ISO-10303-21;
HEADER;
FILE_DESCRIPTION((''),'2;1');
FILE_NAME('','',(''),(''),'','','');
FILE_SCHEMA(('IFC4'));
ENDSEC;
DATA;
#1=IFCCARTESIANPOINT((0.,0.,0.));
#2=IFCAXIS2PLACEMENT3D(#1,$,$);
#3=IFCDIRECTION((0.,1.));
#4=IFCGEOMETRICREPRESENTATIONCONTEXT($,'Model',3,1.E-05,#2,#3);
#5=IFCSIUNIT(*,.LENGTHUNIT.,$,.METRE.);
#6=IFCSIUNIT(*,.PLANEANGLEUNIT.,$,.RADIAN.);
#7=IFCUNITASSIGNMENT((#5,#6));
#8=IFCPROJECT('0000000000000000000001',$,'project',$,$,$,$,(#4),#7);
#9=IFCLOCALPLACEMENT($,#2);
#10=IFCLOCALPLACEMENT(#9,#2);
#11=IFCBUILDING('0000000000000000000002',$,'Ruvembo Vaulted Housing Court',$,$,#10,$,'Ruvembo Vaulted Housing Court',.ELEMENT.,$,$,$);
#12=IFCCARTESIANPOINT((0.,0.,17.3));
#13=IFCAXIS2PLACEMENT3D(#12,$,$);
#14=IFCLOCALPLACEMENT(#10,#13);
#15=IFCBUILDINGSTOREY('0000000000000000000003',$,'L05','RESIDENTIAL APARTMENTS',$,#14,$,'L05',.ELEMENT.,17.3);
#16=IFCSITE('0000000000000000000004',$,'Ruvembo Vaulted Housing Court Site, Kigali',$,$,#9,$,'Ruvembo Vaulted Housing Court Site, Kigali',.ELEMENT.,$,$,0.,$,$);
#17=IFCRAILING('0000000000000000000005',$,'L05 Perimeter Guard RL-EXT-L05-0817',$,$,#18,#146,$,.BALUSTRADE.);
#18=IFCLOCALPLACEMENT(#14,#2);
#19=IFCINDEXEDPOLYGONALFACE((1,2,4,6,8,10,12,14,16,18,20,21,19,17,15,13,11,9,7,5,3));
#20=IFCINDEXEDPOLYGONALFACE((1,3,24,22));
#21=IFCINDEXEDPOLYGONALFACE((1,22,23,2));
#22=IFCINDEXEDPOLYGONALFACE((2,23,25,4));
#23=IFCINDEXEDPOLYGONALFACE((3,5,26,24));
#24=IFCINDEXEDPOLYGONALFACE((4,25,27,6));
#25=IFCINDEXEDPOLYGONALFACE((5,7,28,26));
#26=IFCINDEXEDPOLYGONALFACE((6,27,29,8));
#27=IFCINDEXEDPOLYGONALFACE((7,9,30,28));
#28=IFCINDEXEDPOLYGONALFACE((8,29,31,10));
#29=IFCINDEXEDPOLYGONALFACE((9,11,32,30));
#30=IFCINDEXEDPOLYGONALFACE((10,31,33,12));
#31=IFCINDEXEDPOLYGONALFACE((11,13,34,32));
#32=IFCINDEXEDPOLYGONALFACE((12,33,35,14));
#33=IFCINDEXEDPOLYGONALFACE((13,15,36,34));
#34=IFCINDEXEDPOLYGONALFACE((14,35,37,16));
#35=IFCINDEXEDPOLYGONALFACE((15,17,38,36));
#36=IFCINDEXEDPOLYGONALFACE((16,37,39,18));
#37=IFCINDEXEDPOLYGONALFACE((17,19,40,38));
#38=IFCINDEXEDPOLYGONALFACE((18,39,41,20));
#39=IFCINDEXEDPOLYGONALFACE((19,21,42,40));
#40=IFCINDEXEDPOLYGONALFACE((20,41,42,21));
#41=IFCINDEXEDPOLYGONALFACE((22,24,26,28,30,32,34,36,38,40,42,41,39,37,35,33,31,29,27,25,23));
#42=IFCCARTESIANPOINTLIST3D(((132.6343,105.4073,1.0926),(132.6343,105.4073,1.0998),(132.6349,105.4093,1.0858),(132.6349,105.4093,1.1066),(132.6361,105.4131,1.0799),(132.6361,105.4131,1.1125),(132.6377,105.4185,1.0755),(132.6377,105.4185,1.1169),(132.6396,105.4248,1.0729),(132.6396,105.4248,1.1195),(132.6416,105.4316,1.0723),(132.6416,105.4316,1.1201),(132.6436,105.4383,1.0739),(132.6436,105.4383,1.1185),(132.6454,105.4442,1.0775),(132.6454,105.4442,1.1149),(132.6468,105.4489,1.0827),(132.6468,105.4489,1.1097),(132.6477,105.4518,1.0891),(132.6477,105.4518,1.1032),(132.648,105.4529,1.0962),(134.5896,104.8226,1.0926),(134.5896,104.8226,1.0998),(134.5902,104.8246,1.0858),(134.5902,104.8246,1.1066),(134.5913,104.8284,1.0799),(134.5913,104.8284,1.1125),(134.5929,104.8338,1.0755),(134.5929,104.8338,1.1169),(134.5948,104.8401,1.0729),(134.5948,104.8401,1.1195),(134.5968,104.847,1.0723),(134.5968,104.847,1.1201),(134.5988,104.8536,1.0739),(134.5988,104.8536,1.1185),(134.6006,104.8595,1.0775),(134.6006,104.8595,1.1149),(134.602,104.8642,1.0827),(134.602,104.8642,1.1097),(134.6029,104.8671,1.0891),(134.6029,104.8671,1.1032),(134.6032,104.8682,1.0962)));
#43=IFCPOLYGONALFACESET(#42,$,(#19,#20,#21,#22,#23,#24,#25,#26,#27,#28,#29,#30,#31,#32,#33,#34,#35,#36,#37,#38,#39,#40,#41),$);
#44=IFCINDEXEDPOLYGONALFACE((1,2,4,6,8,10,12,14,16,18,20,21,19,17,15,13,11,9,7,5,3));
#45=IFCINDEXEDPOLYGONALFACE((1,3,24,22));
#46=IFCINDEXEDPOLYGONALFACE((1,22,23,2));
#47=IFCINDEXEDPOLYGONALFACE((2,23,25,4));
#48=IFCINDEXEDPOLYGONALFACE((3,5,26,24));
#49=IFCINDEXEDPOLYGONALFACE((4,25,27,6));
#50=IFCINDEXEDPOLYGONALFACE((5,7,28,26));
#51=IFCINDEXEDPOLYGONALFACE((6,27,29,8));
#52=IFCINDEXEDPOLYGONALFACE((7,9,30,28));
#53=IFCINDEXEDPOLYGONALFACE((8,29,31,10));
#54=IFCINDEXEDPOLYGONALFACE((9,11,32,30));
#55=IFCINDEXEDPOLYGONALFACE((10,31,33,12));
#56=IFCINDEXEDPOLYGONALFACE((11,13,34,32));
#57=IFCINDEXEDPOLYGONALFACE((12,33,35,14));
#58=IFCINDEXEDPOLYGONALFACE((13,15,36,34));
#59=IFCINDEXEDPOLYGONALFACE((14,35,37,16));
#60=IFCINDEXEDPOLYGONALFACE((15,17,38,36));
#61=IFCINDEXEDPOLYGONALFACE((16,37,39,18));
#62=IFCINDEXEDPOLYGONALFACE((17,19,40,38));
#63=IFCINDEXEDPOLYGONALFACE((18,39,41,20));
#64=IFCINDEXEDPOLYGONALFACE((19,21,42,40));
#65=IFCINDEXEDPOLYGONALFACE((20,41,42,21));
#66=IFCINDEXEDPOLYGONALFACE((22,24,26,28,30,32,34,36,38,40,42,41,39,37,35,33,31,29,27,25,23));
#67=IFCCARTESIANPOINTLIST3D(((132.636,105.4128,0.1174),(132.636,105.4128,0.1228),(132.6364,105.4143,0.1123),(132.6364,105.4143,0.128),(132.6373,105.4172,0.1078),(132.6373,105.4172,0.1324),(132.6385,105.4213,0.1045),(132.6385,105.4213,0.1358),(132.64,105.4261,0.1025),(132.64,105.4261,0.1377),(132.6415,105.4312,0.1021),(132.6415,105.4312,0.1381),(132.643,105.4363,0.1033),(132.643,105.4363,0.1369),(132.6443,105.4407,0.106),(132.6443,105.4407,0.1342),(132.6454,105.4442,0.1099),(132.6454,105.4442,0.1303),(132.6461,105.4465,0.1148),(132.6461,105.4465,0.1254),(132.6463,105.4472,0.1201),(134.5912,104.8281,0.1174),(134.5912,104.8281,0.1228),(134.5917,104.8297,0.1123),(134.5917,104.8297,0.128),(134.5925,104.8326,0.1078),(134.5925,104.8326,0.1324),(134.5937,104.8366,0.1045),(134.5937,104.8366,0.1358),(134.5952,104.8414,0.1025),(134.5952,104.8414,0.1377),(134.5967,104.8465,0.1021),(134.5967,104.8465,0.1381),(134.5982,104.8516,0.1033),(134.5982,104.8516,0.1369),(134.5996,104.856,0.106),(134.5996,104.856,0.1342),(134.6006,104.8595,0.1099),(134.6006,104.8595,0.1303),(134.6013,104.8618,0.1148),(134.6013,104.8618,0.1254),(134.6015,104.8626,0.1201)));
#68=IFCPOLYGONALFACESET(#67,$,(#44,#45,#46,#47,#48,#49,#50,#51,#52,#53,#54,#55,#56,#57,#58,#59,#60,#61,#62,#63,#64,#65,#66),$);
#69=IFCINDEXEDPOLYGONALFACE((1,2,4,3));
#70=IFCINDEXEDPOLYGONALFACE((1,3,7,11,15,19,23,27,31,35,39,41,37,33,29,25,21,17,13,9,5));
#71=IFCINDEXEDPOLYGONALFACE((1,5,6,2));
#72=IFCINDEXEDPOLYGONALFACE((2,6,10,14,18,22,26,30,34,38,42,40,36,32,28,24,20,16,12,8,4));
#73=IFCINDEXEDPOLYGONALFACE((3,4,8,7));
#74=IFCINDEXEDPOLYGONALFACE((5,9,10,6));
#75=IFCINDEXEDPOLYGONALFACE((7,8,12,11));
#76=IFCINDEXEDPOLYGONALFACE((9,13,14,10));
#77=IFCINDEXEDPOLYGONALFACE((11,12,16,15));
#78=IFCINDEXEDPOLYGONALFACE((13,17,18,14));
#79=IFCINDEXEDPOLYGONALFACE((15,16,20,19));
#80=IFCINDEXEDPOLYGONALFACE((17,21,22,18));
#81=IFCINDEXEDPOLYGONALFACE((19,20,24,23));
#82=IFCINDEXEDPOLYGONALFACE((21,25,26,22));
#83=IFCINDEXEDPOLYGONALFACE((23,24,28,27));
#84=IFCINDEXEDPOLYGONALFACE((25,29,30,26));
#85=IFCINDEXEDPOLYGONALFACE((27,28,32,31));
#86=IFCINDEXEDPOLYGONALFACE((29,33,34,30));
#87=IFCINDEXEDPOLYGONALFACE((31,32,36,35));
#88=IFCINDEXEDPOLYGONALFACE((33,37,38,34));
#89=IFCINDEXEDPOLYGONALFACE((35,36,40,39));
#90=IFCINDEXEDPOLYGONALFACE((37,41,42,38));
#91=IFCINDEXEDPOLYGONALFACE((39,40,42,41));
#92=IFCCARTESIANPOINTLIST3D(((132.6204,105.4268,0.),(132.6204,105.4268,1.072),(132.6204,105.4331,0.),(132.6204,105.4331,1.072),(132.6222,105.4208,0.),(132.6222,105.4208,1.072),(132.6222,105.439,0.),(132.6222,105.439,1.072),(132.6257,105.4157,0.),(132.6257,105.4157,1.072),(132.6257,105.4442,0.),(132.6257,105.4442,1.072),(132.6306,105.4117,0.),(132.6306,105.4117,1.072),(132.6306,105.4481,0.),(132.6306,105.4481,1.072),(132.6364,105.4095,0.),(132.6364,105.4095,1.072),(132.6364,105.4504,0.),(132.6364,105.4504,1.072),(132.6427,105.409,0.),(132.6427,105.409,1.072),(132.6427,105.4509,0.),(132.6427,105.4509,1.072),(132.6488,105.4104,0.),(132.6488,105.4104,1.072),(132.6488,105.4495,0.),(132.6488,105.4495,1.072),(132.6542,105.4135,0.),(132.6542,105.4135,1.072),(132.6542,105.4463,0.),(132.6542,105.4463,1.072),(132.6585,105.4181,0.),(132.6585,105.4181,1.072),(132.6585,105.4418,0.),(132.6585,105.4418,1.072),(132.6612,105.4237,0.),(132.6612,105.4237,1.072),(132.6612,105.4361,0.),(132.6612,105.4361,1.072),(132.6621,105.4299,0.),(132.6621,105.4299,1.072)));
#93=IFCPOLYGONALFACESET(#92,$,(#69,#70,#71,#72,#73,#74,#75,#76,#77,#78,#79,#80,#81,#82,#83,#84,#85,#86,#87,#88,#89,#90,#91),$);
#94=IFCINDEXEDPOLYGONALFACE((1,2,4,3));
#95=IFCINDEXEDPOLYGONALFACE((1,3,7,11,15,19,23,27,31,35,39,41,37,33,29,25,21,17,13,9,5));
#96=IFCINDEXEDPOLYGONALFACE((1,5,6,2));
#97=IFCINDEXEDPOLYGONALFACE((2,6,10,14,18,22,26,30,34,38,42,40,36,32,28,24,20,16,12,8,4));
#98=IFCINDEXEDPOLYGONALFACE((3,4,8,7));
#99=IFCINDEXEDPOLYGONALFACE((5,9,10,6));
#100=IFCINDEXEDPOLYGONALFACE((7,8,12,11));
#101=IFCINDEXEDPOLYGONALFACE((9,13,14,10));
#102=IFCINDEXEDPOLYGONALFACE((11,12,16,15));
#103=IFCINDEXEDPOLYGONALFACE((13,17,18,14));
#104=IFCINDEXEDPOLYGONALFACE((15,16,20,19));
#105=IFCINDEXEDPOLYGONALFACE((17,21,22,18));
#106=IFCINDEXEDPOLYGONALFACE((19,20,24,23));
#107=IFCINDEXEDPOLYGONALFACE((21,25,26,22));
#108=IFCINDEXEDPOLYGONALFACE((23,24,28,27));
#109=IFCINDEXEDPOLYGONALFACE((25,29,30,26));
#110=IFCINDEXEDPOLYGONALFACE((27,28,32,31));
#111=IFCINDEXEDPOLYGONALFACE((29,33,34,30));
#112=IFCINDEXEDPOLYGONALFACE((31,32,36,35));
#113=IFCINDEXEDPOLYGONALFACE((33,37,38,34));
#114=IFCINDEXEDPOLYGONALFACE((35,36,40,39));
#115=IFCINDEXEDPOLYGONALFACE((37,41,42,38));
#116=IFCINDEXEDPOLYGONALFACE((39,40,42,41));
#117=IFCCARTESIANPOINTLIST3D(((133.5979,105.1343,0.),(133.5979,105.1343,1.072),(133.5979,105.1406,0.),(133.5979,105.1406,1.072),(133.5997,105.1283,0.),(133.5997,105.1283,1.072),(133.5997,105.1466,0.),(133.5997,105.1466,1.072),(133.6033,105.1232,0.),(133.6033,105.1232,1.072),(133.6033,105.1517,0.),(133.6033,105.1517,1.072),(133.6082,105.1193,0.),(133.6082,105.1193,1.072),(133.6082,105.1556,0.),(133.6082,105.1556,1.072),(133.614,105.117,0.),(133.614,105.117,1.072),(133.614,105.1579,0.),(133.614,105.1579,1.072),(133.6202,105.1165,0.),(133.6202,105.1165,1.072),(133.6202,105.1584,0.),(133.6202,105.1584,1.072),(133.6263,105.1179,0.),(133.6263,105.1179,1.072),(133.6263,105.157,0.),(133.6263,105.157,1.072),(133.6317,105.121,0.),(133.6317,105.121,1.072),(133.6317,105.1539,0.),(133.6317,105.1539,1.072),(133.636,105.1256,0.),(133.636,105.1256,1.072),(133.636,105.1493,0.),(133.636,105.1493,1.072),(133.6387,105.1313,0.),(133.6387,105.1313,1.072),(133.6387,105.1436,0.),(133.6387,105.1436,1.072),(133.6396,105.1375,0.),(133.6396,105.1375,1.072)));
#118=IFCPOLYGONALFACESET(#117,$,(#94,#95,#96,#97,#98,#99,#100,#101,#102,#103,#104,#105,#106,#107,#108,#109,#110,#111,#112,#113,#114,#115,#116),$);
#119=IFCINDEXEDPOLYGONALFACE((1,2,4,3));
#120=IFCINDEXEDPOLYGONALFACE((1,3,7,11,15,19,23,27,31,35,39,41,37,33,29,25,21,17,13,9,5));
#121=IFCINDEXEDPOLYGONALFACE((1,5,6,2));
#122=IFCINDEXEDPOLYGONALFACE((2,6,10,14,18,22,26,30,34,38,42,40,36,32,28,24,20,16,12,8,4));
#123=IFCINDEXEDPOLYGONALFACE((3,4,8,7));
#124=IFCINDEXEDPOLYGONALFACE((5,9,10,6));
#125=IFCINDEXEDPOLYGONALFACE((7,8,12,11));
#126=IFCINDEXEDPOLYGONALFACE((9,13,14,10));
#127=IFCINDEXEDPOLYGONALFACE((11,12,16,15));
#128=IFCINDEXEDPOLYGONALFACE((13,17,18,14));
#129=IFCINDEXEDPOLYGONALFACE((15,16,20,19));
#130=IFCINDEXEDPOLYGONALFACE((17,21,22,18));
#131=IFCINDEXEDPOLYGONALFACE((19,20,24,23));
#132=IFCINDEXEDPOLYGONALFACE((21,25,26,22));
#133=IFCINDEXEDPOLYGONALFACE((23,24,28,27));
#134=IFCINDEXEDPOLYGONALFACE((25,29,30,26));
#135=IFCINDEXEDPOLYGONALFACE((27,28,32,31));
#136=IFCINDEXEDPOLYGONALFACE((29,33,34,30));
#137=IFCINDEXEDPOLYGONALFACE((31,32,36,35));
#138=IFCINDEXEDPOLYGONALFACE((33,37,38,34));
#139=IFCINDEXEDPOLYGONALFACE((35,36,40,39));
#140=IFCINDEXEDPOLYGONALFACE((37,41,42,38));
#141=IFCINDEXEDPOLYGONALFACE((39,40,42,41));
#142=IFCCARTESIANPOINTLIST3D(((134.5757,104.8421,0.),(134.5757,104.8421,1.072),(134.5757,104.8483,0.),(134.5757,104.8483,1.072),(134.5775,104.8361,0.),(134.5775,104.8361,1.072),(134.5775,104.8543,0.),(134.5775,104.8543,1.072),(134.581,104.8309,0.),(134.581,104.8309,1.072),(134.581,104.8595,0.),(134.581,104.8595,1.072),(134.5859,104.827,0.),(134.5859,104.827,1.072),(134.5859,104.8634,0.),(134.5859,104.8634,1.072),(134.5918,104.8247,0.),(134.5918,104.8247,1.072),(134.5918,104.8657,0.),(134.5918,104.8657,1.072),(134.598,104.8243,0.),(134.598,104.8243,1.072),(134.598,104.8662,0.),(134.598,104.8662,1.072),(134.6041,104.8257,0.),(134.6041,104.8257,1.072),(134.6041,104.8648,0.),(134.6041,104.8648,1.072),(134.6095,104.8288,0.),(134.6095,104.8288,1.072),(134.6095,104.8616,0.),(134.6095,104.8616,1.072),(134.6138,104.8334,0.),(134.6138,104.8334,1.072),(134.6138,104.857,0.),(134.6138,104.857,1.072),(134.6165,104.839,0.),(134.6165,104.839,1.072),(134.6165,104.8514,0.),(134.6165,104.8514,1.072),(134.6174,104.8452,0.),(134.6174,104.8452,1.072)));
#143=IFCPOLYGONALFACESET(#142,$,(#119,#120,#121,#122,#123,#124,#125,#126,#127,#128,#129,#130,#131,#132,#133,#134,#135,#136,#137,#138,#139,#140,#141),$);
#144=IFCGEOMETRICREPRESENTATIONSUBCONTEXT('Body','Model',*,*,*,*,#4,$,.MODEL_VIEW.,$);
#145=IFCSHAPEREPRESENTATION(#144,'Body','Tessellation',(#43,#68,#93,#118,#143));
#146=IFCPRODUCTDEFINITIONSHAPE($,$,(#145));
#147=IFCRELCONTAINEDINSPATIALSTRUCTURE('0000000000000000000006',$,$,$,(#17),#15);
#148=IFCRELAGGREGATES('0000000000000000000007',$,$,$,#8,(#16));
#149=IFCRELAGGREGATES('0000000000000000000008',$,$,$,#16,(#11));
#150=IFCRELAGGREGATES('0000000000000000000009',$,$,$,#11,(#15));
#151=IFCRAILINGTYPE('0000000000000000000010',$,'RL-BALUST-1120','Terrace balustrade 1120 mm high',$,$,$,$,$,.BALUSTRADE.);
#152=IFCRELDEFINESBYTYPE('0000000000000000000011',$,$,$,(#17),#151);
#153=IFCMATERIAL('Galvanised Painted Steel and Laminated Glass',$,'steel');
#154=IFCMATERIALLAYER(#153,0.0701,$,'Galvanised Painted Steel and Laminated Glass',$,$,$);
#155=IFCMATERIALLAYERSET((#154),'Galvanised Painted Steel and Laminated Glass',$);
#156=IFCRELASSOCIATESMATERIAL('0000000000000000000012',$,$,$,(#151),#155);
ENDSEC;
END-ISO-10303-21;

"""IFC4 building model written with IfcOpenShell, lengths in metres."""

from ifc_helpers import new_model, si_unit, direction, frame, origin, origin_2d, place, context, subcontext, project, spatial, circle, extrude, material, layer, layer_set, type_object, element, save


model = new_model("IFC4")

# Units and contexts
model_context = context("Model", 3, precision=1e-05, world=origin(), true_north=direction((0.0, 1.0)))
body_context = subcontext(model_context, "Body", "Model", "MODEL_VIEW")
ifc_project = project(units=[si_unit("LENGTHUNIT", "METRE"), si_unit("PLANEANGLEUNIT", "RADIAN")], contexts=[model_context])

# Site, building, storey
site_placement = place(None, origin())
site = spatial("IfcSite", under=ifc_project, at=site_placement, Name="Ruvembo Vaulted Housing Court Site, Kigali", LongName="Ruvembo Vaulted Housing Court Site, Kigali", CompositionType="ELEMENT", RefElevation=0.0)
building_placement = place(site_placement, origin())
building = spatial("IfcBuilding", under=site, at=building_placement, Name="Ruvembo Vaulted Housing Court", LongName="Ruvembo Vaulted Housing Court", CompositionType="ELEMENT")
storey_placement = place(building_placement, frame((0.0, 0.0, 17.3)))
storey = spatial("IfcBuildingStorey", under=building, at=storey_placement, Name="L05", Description="RESIDENTIAL APARTMENTS", LongName="L05", CompositionType="ELEMENT", Elevation=17.3)

# Railing
ifc_material_1 = material(Name="Galvanised Painted Steel and Laminated Glass", Category="steel")
ifc_layer_1 = layer(ifc_material_1, 0.0701, Name="Galvanised Painted Steel and Laminated Glass")
ifc_layer_set_1 = layer_set([ifc_layer_1], Name="Galvanised Painted Steel and Laminated Glass")
railing_type_1 = type_object("IfcRailingType", Name="RL-BALUST-1120", Description="Terrace balustrade 1120 mm high", PredefinedType="BALUSTRADE", material=ifc_layer_set_1)
railing_1_placement = place(storey_placement, frame((132.6411, 105.4299, 0.0)))
element("IfcRailing", 1, at=railing_1_placement, inside=storey, type_object=railing_type_1, Name="L05 Perimeter Guard RL-EXT-L05-0817", PredefinedType="BALUSTRADE", context=body_context, shape_type="SweptSolid", body=[
    extrude(circle(Radius=0.0239, at=origin_2d()), frame((0.0, 0.0, 1.0962), z_axis=(0.958079, -0.286503, 0.0), x_axis=(0.286503, 0.958079, 0.0)), (0.0, 0.0, 1.0), 2.0408),
    extrude(circle(Radius=0.0181, at=origin_2d()), frame((0.0, 0.0, 0.1201), z_axis=(0.958079, -0.286503, 0.0), x_axis=(0.286503, 0.958079, 0.0)), (0.0, 0.0, 1.0), 2.0408),
    extrude(circle(Radius=0.021, at=origin_2d()), origin(), (0.0, 0.0, 1.0), 1.072),
    extrude(circle(Radius=0.021, at=origin_2d()), frame((0.9775, -0.2925, 0.0)), (0.0, 0.0, 1.0), 1.072),
    extrude(circle(Radius=0.021, at=origin_2d()), frame((1.9553, -0.5847, 0.0)), (0.0, 0.0, 1.0), 1.072),
])

save(model, "model.ifc")
